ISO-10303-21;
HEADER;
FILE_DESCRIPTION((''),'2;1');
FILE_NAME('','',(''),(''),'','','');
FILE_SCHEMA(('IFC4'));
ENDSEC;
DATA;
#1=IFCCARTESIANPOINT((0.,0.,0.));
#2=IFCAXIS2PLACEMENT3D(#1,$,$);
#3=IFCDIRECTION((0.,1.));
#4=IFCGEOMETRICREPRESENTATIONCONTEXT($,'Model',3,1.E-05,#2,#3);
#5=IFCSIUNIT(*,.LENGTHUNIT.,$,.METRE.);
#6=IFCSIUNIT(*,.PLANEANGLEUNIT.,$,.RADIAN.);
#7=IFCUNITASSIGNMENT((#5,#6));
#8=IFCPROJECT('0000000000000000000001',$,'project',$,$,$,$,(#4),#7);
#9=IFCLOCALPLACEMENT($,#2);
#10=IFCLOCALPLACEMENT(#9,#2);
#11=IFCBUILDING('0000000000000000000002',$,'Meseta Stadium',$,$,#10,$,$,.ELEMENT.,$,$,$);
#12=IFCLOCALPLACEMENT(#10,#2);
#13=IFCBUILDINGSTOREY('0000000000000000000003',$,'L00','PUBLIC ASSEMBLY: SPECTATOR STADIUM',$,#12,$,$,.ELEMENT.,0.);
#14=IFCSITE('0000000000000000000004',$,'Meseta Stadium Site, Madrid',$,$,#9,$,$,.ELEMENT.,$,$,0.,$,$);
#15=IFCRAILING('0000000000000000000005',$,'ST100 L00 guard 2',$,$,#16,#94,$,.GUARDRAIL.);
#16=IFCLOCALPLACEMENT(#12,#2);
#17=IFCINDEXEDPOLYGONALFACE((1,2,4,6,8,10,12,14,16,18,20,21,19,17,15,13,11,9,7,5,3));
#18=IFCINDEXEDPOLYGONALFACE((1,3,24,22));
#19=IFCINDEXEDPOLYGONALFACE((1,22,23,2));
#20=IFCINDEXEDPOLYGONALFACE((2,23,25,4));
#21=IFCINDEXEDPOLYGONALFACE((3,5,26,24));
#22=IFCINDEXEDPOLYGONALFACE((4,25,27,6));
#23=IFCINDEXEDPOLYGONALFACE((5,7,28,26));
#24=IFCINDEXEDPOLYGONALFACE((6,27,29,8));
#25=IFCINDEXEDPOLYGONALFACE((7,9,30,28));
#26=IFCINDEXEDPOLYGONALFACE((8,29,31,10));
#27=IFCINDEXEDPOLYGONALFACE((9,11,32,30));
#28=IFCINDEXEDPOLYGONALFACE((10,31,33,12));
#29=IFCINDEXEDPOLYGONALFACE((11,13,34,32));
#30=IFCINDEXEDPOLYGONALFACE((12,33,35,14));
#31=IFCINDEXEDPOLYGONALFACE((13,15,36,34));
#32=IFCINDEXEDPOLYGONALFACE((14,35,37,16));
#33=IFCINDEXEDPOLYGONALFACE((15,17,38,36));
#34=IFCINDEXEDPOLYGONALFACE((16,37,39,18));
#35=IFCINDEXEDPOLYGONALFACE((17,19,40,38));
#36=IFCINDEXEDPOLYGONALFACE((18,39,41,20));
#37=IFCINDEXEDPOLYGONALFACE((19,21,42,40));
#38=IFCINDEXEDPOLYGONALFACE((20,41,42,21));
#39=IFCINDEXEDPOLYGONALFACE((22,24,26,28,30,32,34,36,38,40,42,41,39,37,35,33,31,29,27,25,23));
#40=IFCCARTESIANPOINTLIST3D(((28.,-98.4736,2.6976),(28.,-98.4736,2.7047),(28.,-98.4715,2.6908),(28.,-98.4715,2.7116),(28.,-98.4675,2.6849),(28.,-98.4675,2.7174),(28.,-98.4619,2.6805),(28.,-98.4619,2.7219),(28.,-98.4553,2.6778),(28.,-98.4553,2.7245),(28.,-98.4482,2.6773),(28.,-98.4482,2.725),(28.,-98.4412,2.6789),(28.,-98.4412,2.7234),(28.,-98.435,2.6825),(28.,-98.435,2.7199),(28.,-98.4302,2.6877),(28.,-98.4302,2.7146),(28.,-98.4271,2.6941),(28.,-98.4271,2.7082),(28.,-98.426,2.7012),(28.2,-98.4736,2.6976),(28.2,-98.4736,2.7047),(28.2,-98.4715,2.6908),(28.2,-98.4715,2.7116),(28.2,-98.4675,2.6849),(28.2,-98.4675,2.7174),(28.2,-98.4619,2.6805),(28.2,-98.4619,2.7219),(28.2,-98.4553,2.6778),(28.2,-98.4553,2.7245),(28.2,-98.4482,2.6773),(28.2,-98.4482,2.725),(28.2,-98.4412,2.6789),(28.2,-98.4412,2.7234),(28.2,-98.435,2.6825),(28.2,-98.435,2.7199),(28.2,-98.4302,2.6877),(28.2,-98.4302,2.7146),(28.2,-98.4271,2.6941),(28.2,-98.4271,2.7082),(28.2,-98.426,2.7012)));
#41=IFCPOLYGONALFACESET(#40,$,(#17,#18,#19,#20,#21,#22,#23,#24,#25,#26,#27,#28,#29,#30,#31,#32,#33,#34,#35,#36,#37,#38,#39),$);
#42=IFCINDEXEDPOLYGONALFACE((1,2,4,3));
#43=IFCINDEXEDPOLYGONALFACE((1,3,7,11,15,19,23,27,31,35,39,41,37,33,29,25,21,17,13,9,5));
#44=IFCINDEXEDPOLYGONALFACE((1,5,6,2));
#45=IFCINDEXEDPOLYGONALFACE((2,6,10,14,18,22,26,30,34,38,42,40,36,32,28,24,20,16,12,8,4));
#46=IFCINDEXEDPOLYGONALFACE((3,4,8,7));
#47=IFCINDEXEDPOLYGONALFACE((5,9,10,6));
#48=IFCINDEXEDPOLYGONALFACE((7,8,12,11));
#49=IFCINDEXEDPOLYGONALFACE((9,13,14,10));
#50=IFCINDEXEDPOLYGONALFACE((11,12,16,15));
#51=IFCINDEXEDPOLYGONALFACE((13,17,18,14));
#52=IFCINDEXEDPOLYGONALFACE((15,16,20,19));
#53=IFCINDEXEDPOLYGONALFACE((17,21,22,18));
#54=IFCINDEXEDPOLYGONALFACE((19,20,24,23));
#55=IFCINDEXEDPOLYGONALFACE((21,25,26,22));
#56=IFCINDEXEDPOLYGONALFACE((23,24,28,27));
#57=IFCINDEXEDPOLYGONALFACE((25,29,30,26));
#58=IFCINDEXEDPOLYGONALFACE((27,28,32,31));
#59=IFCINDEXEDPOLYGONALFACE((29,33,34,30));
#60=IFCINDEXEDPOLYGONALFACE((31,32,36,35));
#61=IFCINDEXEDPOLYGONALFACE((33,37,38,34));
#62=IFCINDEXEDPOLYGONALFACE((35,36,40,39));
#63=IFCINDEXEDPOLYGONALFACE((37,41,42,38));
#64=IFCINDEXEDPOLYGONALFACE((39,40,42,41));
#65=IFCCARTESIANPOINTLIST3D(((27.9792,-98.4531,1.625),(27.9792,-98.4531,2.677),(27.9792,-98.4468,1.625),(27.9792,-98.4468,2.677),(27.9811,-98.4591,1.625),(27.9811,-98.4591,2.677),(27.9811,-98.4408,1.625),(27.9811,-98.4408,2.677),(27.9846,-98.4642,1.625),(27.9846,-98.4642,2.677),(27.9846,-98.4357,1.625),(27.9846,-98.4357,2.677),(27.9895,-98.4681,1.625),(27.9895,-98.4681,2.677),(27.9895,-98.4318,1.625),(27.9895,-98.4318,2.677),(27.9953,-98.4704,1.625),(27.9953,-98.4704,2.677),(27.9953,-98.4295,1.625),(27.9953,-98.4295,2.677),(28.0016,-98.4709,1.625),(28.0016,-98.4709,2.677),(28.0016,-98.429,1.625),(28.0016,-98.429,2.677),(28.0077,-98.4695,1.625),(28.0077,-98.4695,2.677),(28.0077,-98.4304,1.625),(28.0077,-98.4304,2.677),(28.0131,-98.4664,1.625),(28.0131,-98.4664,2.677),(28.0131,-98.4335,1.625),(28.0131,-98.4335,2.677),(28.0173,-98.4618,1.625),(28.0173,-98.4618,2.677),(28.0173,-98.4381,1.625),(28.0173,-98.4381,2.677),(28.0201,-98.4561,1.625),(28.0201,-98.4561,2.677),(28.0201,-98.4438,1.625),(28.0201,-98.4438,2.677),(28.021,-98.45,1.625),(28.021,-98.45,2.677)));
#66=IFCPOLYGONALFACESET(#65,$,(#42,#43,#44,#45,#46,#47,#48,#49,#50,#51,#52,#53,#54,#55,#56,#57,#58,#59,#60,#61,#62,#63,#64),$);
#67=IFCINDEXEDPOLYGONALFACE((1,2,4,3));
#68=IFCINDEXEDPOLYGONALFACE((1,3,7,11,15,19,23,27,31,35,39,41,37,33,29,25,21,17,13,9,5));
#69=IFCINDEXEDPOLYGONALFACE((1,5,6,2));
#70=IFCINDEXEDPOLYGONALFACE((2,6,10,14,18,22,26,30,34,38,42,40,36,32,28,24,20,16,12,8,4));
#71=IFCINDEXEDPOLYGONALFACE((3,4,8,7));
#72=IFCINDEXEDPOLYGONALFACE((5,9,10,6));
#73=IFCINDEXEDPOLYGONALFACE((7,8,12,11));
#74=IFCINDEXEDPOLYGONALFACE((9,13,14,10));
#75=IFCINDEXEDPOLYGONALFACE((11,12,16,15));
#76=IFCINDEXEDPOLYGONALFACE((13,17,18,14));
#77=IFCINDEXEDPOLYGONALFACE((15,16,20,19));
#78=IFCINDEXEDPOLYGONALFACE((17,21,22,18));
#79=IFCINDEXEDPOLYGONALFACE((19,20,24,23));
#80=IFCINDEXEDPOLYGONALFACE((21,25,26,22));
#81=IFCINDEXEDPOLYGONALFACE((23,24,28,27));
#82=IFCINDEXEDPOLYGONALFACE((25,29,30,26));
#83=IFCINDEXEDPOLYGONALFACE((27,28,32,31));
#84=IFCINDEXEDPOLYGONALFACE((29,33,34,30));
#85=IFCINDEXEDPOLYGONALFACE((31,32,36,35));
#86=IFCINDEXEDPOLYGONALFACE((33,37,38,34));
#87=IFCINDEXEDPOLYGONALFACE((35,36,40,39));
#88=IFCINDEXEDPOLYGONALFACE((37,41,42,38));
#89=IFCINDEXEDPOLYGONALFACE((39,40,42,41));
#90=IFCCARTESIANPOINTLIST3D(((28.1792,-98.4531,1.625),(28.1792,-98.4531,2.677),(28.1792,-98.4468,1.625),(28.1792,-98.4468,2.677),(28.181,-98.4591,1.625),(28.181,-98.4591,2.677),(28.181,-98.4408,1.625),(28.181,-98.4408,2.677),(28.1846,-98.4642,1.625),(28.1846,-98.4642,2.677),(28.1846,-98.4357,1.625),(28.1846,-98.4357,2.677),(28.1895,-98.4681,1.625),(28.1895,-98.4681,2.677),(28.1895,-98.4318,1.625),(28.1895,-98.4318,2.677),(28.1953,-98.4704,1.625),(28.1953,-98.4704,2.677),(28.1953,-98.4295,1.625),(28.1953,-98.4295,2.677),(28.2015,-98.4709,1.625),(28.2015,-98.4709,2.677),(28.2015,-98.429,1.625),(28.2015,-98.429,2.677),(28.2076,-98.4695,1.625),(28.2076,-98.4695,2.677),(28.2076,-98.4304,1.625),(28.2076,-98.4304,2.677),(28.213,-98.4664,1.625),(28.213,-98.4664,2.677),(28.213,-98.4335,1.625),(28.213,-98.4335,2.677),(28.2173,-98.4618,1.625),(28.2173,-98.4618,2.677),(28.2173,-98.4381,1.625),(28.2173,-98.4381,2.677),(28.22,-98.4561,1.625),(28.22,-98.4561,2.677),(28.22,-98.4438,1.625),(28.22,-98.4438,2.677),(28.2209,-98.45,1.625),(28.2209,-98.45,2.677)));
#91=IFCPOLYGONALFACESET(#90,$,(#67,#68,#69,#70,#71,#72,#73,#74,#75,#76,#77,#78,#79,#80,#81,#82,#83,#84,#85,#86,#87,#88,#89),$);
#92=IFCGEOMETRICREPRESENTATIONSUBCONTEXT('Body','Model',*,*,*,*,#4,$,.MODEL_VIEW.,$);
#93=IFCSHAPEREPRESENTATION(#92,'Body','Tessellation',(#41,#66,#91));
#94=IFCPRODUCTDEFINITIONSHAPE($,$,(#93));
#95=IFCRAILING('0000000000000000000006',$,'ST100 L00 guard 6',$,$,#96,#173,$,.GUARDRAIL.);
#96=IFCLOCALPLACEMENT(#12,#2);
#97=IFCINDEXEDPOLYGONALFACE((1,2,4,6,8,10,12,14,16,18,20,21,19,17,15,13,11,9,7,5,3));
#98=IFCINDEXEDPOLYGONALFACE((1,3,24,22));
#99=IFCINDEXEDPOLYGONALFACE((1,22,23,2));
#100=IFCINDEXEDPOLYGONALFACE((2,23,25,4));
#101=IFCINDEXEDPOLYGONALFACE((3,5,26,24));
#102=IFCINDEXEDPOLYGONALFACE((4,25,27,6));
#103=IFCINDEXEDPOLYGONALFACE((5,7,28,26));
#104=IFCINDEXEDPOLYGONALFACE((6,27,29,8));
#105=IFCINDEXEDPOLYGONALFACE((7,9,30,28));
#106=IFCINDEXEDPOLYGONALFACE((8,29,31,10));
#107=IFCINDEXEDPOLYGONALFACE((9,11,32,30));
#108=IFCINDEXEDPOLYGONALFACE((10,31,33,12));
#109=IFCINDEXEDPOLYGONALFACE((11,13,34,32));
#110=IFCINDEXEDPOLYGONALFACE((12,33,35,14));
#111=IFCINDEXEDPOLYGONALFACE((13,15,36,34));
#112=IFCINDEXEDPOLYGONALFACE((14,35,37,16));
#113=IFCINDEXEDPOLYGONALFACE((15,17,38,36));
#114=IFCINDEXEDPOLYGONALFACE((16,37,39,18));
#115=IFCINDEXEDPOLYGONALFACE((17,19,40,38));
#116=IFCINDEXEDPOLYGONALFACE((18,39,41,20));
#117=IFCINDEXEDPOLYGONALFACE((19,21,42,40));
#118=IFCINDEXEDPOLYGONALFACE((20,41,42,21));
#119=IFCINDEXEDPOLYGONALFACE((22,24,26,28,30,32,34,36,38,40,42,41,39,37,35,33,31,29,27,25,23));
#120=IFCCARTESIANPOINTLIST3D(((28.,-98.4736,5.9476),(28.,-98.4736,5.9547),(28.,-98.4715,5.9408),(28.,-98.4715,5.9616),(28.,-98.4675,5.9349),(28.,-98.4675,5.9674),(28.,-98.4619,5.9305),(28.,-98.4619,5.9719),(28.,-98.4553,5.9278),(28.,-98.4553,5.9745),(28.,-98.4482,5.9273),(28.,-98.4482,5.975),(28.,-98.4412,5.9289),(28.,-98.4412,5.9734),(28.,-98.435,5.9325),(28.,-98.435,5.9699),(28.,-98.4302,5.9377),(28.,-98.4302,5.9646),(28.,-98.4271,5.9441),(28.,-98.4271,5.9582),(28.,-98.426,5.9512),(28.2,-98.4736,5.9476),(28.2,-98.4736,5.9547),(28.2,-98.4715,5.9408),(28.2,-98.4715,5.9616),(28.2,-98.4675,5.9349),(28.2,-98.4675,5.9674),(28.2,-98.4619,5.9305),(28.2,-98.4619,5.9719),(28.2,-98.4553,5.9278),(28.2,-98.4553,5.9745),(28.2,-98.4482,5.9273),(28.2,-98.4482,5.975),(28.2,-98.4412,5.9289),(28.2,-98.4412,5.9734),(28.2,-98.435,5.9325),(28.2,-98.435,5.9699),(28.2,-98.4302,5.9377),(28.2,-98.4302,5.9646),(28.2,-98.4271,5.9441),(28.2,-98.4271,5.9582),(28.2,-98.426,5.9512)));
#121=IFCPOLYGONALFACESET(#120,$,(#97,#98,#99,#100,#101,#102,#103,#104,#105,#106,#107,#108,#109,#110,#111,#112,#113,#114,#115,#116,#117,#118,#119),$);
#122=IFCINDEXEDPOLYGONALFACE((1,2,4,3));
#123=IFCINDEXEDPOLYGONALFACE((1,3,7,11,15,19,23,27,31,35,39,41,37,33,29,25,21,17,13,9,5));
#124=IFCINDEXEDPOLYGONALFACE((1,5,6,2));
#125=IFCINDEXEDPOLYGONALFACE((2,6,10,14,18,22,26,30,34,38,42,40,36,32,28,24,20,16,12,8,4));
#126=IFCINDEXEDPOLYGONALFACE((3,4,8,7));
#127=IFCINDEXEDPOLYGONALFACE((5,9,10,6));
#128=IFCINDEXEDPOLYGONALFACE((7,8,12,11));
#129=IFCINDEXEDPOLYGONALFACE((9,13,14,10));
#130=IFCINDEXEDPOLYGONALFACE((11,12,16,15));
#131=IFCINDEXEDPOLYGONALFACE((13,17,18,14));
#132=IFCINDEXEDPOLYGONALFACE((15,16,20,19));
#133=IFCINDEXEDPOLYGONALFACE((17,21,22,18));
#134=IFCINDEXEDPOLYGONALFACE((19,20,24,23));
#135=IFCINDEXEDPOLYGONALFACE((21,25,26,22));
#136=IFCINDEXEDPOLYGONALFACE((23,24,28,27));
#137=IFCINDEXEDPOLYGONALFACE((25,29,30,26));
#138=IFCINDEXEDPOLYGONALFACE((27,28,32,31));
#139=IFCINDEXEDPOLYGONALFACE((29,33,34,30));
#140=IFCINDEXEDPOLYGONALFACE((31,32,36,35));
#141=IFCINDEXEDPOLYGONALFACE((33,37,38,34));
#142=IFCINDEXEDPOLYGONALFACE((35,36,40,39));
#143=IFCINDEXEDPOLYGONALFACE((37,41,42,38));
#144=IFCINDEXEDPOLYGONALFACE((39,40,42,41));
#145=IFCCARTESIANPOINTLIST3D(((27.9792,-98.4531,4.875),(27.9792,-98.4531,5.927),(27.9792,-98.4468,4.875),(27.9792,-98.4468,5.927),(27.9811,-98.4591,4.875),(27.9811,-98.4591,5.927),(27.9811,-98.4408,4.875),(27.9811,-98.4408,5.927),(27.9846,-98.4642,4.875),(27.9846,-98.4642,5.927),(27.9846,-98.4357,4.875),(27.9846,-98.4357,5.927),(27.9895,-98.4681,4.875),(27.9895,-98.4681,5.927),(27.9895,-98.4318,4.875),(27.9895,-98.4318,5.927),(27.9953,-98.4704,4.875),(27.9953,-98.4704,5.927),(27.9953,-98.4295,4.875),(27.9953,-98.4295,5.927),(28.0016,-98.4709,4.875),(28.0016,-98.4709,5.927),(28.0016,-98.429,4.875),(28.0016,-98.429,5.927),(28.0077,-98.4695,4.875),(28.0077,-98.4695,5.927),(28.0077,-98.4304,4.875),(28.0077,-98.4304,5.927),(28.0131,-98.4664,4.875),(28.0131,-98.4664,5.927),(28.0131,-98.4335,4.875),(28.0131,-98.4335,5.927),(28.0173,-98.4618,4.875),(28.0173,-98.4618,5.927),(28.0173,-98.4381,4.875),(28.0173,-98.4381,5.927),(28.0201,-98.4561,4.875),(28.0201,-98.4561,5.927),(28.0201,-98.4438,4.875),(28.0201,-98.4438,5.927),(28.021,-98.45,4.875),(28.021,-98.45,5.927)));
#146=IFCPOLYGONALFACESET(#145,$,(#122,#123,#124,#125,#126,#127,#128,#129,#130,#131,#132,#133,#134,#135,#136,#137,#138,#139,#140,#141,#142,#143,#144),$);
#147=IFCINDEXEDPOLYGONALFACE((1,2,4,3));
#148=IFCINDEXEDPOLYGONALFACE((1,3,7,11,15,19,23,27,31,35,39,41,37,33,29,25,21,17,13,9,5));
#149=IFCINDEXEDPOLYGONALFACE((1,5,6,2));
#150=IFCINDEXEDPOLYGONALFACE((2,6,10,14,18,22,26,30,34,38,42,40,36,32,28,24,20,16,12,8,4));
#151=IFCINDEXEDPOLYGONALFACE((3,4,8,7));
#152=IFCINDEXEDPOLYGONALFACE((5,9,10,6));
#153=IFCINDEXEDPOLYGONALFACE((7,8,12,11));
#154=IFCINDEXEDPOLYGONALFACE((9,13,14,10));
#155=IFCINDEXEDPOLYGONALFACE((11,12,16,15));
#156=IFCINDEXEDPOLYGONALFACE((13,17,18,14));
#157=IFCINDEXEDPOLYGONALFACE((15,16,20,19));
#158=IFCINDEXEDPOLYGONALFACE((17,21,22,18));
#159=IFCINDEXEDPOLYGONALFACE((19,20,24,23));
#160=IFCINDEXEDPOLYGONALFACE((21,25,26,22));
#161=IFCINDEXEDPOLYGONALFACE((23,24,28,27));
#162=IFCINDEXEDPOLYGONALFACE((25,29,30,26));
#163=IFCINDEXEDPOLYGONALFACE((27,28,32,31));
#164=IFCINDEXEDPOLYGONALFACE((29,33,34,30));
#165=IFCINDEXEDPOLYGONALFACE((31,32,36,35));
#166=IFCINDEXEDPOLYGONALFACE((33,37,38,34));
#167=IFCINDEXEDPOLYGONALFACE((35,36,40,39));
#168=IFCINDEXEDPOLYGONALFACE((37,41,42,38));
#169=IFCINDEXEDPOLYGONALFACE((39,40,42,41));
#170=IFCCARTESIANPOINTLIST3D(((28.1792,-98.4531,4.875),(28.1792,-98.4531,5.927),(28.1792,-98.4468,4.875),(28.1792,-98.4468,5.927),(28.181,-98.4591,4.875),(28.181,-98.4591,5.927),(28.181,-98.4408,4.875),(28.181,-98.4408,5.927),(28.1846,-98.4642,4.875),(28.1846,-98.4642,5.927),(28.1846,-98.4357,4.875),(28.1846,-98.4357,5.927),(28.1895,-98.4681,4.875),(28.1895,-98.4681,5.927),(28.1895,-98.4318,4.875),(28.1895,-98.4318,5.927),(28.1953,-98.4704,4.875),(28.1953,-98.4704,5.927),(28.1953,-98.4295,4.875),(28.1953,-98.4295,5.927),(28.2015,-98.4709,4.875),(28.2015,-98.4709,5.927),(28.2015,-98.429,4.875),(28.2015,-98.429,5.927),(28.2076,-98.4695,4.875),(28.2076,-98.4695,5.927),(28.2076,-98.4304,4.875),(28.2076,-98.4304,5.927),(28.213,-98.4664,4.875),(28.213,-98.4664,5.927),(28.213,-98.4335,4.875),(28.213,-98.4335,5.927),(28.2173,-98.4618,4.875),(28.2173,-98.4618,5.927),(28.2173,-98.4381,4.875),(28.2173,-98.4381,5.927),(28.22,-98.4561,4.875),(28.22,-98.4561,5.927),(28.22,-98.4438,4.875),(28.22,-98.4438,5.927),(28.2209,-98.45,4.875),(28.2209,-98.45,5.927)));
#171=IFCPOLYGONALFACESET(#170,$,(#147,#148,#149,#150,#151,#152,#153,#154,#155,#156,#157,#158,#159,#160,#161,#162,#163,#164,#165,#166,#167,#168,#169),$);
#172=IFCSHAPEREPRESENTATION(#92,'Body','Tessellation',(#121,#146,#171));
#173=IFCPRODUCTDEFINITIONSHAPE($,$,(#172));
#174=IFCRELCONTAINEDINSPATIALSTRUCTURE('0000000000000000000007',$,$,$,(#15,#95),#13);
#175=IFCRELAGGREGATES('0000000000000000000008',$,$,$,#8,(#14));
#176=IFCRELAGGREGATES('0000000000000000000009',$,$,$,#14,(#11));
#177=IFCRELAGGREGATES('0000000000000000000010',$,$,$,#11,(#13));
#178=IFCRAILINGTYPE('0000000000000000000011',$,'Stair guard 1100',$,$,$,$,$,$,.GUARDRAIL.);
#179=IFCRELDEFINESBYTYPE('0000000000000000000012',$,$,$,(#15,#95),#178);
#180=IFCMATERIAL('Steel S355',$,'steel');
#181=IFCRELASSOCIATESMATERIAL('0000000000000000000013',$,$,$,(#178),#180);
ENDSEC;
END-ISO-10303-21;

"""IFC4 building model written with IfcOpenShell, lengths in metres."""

from ifc_helpers import new_model, si_unit, direction, frame, origin, origin_2d, place, context, subcontext, project, spatial, circle, extrude, material, type_object, element, save


model = new_model("IFC4")

# Units and contexts
model_context = context("Model", 3, precision=1e-05, world=origin(), true_north=direction((0.0, 1.0)))
body_context = subcontext(model_context, "Body", "Model", "MODEL_VIEW")
ifc_project = project(units=[si_unit("LENGTHUNIT", "METRE"), si_unit("PLANEANGLEUNIT", "RADIAN")], contexts=[model_context])

# Site, building, storey
site_placement = place(None, origin())
site = spatial("IfcSite", under=ifc_project, at=site_placement, Name="Meseta Stadium Site, Madrid", CompositionType="ELEMENT", RefElevation=0.0)
building_placement = place(site_placement, origin())
building = spatial("IfcBuilding", under=site, at=building_placement, Name="Meseta Stadium", CompositionType="ELEMENT")
storey_placement = place(building_placement, origin())
storey = spatial("IfcBuildingStorey", under=building, at=storey_placement, Name="L00", Description="PUBLIC ASSEMBLY: SPECTATOR STADIUM", CompositionType="ELEMENT", Elevation=0.0)

# Railings
ifc_material_1 = material(Name="Steel S355", Category="steel")
railing_type = type_object("IfcRailingType", Name="Stair guard 1100", PredefinedType="GUARDRAIL", material=ifc_material_1)
for number, where, name in (
    (1, (28.0, -98.45, 1.625), "ST100 L00 guard 2"),
    (2, (28.0, -98.45, 4.875), "ST100 L00 guard 6"),
):
    element("IfcRailing", number, at=place(storey_placement, frame(where)), inside=storey, type_object=railing_type, Name=name, PredefinedType="GUARDRAIL", context=body_context, shape_type="SweptSolid", body=[
        extrude(circle(Radius=0.0239, at=origin_2d()), frame((0.0, 0.0, 1.0762), z_axis=(1.0, 0.0, 0.0), x_axis=(0.0, 1.0, 0.0)), (0.0, 0.0, 1.0), 0.2),
        extrude(circle(Radius=0.021, at=origin_2d()), origin(), (0.0, 0.0, 1.0), 1.052),
        extrude(circle(Radius=0.021, at=origin_2d()), frame((0.2, 0.0, 0.0)), (0.0, 0.0, 1.0), 1.052),
    ])

save(model, "model.ifc")
